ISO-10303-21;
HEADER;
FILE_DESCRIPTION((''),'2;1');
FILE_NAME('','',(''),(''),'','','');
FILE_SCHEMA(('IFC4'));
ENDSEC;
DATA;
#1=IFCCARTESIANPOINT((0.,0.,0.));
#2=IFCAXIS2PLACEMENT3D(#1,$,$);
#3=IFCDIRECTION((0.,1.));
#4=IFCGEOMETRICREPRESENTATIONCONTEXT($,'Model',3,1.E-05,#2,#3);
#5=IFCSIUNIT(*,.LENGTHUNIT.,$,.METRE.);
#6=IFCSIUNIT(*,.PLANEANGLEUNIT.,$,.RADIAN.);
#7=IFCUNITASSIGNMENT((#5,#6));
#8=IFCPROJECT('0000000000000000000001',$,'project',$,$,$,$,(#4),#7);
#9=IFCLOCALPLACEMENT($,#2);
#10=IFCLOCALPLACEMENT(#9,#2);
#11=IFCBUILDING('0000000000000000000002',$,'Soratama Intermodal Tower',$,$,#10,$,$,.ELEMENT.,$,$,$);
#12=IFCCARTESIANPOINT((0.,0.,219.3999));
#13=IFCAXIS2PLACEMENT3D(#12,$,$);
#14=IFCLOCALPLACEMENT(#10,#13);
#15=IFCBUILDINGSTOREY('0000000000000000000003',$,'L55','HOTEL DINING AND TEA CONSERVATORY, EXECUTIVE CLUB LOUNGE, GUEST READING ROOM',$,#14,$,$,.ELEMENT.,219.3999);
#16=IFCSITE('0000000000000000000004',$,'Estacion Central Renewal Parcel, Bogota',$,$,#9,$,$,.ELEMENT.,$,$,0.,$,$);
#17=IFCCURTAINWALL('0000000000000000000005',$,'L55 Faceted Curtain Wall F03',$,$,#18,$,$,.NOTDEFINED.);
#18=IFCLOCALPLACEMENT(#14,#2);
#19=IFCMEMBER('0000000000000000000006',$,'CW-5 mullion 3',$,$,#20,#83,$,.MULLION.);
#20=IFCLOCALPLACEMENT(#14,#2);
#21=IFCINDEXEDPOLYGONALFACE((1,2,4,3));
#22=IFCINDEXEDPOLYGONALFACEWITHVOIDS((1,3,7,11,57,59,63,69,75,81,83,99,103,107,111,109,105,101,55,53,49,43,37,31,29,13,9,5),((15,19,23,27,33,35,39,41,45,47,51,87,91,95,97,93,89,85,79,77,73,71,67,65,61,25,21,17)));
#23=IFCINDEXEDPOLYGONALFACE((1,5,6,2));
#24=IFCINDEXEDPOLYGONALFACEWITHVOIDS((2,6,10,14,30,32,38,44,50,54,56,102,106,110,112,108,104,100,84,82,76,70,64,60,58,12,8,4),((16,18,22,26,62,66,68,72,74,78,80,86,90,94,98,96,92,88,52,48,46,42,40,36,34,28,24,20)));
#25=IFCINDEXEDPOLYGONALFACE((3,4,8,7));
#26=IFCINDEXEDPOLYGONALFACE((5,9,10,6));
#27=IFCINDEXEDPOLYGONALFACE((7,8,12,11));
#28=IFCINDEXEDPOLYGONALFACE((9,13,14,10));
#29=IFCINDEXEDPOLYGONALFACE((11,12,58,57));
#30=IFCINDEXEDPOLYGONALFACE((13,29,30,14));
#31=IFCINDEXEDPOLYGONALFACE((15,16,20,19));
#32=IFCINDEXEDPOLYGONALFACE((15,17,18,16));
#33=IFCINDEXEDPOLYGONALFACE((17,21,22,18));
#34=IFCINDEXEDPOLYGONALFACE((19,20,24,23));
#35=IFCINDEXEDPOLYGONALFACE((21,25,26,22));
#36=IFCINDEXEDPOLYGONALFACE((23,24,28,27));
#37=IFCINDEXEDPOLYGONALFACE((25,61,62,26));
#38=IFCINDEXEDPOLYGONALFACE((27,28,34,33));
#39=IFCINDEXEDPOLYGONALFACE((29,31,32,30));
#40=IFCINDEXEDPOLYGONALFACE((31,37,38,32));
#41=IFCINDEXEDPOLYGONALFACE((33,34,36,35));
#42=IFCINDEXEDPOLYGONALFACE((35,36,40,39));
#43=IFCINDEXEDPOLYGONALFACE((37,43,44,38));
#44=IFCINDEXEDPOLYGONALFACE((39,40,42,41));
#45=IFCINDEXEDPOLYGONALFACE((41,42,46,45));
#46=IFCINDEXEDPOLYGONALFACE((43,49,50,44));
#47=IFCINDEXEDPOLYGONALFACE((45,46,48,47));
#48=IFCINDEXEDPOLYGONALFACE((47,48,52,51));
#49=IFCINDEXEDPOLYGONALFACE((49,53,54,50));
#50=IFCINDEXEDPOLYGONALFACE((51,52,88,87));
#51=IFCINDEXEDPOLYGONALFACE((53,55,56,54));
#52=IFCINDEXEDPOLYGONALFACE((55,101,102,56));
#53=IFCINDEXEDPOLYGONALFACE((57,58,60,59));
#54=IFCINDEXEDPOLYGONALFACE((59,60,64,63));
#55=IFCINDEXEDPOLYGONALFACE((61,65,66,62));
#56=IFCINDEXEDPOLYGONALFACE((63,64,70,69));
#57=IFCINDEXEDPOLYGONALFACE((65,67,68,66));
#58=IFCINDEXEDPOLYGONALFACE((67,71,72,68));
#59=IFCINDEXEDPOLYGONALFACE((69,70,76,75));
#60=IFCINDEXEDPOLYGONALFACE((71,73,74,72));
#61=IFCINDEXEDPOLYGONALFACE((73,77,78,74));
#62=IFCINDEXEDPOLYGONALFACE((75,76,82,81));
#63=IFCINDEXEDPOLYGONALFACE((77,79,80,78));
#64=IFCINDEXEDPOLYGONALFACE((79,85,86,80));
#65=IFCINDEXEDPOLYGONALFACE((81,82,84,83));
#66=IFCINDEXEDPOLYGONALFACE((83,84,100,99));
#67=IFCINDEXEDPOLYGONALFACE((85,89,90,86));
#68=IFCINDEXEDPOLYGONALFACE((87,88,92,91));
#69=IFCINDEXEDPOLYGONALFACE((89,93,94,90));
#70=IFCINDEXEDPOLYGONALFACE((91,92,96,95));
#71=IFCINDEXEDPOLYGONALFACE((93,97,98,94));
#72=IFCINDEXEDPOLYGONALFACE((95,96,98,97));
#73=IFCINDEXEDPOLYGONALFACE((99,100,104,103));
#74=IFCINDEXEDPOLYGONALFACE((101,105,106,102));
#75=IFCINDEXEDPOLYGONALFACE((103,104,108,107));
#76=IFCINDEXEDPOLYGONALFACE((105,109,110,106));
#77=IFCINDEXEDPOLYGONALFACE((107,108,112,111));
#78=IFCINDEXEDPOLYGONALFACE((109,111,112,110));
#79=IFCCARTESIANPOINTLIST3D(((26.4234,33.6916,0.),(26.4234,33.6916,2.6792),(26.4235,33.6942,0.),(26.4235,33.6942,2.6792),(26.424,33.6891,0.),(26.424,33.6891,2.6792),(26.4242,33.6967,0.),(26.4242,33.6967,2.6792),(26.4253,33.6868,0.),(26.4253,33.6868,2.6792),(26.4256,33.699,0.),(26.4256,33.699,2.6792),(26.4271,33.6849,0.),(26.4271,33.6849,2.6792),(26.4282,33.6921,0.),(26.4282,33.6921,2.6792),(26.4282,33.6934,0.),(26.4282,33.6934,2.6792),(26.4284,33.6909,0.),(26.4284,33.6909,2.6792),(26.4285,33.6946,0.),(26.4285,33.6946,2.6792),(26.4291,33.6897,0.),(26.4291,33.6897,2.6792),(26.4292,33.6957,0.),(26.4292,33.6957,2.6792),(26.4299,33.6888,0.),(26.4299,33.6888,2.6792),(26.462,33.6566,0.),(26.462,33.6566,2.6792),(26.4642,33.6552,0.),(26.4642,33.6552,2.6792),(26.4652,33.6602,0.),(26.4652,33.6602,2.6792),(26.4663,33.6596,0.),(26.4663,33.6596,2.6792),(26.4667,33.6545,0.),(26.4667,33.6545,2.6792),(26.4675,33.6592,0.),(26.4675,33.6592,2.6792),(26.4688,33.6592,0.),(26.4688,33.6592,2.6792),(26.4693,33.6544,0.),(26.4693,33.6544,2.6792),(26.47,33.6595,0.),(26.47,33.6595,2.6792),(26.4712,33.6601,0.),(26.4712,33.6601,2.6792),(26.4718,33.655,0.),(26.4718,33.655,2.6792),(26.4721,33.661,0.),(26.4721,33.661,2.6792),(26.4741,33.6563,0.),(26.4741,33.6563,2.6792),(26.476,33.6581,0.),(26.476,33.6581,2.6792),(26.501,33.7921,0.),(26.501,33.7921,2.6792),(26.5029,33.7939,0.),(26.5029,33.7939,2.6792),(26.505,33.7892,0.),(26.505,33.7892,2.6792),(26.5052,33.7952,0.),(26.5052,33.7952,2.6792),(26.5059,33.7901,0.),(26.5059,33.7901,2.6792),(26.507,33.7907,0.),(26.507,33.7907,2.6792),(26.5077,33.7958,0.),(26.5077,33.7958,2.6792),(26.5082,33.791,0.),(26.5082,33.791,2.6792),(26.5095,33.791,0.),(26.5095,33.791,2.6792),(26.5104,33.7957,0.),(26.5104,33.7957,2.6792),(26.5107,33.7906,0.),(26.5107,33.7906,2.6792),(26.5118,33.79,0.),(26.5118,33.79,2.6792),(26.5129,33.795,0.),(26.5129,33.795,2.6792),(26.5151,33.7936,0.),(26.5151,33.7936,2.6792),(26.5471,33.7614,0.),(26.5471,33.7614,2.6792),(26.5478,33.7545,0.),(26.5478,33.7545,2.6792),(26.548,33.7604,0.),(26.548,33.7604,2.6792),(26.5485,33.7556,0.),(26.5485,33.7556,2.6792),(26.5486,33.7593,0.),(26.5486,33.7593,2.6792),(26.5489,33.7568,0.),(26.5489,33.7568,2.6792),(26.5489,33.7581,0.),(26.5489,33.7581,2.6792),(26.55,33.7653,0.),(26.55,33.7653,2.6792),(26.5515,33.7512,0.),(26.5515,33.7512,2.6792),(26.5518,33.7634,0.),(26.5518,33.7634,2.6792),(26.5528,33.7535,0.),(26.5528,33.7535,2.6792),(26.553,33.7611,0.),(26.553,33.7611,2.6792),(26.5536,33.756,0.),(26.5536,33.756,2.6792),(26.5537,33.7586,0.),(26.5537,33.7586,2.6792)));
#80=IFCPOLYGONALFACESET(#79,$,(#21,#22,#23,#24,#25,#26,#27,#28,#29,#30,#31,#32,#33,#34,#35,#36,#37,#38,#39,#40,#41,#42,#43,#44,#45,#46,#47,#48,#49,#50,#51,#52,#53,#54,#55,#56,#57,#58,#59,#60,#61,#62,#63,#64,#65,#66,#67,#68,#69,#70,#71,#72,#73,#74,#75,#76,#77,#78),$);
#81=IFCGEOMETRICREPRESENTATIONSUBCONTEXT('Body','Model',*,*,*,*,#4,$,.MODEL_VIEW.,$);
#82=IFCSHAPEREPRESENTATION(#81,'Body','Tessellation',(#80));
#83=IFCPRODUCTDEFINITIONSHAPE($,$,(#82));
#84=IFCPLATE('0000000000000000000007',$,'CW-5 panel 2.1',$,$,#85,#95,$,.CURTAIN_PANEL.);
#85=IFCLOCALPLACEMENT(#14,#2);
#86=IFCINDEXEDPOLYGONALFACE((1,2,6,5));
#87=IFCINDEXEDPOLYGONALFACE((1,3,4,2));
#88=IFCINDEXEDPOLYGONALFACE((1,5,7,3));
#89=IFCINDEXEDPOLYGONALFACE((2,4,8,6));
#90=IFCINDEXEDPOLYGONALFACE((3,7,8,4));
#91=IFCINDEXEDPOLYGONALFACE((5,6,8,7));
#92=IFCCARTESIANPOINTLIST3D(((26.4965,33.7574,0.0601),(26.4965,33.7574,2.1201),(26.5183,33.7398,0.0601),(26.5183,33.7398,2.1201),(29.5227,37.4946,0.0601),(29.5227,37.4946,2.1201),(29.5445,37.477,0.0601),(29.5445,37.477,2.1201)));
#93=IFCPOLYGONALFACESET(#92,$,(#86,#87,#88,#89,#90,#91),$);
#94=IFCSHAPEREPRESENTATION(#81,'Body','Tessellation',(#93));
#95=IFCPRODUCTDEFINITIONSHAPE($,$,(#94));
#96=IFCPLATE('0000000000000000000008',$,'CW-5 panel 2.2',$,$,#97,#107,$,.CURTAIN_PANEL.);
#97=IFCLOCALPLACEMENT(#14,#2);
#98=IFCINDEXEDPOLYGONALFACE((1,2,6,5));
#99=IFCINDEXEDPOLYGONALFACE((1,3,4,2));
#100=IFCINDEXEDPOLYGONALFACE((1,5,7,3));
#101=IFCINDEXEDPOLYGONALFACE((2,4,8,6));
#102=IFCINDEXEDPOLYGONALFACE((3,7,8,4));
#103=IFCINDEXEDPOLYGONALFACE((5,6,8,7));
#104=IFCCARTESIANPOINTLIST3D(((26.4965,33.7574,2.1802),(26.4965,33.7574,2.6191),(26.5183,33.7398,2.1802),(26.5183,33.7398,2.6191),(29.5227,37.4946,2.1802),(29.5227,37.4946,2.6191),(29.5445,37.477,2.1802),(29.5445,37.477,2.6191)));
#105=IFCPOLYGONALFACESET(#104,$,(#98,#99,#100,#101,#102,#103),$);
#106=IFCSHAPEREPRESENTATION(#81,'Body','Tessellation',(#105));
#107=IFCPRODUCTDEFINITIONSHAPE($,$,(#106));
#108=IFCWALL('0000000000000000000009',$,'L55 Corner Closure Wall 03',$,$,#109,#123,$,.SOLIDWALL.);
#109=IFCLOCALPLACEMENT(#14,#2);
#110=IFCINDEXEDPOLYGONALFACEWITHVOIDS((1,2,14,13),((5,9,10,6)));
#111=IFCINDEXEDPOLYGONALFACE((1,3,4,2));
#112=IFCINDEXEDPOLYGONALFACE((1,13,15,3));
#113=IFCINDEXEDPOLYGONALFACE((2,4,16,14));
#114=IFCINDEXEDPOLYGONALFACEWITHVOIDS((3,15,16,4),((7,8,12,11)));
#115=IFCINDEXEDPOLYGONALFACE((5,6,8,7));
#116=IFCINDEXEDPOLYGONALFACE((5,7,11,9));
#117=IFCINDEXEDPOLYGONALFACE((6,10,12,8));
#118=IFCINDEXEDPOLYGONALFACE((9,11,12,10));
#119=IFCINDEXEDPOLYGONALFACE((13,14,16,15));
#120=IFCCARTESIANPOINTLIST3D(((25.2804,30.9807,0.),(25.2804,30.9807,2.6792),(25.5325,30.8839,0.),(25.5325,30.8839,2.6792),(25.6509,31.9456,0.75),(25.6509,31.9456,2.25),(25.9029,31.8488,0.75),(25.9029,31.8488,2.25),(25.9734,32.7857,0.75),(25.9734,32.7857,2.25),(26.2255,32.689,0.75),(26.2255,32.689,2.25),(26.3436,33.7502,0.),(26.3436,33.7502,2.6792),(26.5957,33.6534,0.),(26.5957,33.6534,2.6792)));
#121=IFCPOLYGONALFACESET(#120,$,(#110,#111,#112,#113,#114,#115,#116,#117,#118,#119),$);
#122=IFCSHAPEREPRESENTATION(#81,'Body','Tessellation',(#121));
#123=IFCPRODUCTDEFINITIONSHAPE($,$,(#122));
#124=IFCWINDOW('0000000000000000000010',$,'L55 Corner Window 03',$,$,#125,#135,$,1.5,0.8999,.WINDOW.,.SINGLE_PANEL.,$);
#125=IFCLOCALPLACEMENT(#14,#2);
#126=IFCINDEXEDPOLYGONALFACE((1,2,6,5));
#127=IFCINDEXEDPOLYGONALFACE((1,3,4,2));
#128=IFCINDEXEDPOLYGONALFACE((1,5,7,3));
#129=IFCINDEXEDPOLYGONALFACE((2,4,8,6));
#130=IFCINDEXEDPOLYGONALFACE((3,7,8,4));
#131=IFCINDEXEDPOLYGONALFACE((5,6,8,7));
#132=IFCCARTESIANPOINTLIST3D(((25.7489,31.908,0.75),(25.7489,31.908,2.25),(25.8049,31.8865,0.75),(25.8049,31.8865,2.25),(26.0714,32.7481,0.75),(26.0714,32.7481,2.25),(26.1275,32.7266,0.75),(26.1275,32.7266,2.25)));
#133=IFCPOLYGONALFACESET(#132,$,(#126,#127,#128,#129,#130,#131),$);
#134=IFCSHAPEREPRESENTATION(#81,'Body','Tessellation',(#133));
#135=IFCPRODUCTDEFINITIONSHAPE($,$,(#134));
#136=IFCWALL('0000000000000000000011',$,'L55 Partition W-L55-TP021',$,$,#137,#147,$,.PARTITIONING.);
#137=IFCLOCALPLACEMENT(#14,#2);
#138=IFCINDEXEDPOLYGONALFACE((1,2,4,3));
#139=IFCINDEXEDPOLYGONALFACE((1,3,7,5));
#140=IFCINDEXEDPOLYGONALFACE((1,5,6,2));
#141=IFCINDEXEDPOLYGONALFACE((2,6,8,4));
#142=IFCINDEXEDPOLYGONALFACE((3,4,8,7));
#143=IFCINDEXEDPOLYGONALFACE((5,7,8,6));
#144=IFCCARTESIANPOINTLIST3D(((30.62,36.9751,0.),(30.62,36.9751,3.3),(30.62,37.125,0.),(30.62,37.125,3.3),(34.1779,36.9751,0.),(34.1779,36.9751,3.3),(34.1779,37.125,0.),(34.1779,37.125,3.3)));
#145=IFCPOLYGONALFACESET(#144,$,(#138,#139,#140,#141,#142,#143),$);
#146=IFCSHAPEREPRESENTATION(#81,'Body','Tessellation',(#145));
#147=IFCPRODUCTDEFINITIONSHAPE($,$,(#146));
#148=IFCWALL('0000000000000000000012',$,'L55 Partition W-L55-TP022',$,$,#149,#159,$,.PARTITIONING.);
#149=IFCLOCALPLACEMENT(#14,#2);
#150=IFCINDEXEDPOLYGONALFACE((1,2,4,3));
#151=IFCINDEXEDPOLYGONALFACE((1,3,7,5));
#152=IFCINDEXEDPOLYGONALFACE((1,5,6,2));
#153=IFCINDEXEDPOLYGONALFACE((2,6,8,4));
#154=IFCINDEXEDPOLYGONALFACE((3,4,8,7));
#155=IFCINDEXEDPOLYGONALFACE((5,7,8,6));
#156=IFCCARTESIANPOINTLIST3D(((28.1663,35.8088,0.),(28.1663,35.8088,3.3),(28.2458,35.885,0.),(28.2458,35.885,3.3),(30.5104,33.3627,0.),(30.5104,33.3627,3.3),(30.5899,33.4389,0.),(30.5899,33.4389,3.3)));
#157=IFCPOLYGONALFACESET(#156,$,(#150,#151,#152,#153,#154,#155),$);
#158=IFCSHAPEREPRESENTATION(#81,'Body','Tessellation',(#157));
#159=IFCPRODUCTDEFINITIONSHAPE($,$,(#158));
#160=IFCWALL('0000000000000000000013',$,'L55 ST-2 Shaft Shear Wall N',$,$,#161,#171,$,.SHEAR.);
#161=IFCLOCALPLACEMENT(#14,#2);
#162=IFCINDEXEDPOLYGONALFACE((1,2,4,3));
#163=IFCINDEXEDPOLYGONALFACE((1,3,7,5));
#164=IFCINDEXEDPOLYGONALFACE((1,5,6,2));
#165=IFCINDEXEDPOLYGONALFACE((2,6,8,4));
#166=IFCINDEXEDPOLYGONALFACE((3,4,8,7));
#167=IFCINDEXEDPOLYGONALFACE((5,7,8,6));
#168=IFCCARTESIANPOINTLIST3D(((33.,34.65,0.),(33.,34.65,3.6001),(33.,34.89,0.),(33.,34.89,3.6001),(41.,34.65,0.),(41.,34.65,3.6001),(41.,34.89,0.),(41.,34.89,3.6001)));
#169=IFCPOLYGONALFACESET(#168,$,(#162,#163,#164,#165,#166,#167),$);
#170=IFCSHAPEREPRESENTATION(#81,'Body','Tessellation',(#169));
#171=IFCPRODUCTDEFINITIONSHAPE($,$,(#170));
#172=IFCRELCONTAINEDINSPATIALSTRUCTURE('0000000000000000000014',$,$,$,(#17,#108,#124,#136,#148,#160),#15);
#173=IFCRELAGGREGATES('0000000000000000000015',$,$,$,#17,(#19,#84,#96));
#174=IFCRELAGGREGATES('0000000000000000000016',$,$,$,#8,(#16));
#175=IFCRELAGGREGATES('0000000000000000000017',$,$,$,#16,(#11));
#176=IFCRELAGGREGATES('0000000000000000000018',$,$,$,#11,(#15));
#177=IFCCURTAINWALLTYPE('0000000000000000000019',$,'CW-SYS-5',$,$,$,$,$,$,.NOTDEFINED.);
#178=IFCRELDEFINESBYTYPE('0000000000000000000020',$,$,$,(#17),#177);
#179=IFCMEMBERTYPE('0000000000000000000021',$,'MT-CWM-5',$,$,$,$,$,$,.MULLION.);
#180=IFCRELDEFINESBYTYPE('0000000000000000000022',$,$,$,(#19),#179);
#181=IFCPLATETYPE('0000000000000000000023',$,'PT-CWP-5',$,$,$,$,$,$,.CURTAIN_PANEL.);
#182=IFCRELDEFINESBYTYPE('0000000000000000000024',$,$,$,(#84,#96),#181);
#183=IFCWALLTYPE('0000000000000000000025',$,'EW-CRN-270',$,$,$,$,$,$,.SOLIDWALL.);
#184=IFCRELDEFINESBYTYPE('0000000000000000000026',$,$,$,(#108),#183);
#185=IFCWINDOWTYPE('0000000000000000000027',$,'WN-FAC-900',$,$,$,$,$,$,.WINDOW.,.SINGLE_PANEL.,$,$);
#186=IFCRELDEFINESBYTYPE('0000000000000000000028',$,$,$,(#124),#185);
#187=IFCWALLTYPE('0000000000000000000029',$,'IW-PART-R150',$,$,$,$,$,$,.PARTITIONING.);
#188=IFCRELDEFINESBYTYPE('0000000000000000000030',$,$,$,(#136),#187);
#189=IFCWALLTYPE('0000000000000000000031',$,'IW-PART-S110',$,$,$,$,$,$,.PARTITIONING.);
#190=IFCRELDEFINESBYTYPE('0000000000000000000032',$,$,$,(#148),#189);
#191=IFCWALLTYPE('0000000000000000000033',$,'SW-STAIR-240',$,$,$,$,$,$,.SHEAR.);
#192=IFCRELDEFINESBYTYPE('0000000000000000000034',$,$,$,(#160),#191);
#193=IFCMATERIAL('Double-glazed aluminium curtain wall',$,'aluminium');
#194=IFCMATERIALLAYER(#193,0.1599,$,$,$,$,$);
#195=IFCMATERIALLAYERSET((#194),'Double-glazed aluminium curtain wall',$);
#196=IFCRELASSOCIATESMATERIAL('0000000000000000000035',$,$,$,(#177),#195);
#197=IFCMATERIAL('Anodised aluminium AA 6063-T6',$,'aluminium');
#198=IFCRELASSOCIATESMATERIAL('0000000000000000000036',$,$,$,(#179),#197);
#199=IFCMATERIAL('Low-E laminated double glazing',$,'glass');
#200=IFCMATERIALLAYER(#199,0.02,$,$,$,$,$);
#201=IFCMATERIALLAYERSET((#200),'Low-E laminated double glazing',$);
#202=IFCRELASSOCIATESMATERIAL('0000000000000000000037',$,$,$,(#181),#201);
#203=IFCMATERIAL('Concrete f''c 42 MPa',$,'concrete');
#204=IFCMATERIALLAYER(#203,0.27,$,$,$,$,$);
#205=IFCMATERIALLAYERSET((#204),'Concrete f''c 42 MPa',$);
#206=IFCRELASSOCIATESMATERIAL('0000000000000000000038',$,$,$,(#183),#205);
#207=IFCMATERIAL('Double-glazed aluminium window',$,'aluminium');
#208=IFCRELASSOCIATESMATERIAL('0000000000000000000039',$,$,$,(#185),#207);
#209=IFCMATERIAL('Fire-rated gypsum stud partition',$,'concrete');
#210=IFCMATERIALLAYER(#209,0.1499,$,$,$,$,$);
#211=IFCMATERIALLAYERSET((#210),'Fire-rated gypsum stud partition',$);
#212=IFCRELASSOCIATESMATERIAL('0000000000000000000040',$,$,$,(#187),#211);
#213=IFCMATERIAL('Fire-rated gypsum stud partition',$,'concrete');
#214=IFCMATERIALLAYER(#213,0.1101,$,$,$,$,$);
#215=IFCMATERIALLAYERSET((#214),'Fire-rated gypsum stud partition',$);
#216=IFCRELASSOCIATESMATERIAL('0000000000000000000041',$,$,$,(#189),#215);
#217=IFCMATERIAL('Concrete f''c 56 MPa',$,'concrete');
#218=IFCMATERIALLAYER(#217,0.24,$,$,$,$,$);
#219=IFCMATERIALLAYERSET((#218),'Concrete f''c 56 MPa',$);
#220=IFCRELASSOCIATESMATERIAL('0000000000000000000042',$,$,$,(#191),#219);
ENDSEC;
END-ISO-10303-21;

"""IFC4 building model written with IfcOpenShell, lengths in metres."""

from ifc_helpers import new_model, si_unit, direction, frame, frame_2d, origin, origin_2d, place, context, subcontext, project, spatial, rectangle, hollow_rectangle, extrude, material, layer, layer_set, material_profile, profile_set, type_object, element, fill, aggregate, save


model = new_model("IFC4")

# Units and contexts
model_context = context("Model", 3, precision=1e-05, world=origin(), true_north=direction((0.0, 1.0)))
body_context = subcontext(model_context, "Body", "Model", "MODEL_VIEW")
ifc_project = project(units=[si_unit("LENGTHUNIT", "METRE"), si_unit("PLANEANGLEUNIT", "RADIAN")], contexts=[model_context])

# Site, building, storey
site_placement = place(None, origin())
site = spatial("IfcSite", under=ifc_project, at=site_placement, Name="Estacion Central Renewal Parcel, Bogota", CompositionType="ELEMENT", RefElevation=0.0)
building_placement = place(site_placement, origin())
building = spatial("IfcBuilding", under=site, at=building_placement, Name="Soratama Intermodal Tower", CompositionType="ELEMENT")
storey_placement = place(building_placement, frame((0.0, 0.0, 219.3999)))
storey = spatial("IfcBuildingStorey", under=building, at=storey_placement, Name="L55", Description="HOTEL DINING AND TEA CONSERVATORY, EXECUTIVE CLUB LOUNGE, GUEST READING ROOM", CompositionType="ELEMENT", Elevation=219.3999)

# Curtain wall, member, plates
ifc_material_1 = material(Name="Double-glazed aluminium curtain wall", Category="aluminium")
ifc_layer_1 = layer(ifc_material_1, 0.1599)
ifc_layer_set_1 = layer_set([ifc_layer_1], Name="Double-glazed aluminium curtain wall")
curtain_wall_type = type_object("IfcCurtainWallType", Name="CW-SYS-5", PredefinedType="NOTDEFINED", material=ifc_layer_set_1)
curtain_wall_placement = place(storey_placement, origin())
curtain_wall = element("IfcCurtainWall", 1, at=curtain_wall_placement, inside=storey, type_object=curtain_wall_type, Name="L55 Faceted Curtain Wall F03", PredefinedType="NOTDEFINED")
ifc_material_2 = material(Name="Anodised aluminium AA 6063-T6", Category="aluminium")
ifc_material_profile_1 = material_profile(ifc_material_2, hollow_rectangle(XDim=0.0649, YDim=0.1399, WallThickness=0.0049, InnerFilletRadius=0.0049, OuterFilletRadius=0.01, at=origin_2d()), Name="CWM140X65X5")
ifc_profile_set_1 = profile_set([ifc_material_profile_1], Name="Anodised aluminium AA 6063-T6")
member_type = type_object("IfcMemberType", Name="MT-CWM-5", PredefinedType="MULLION", material=ifc_profile_set_1)
member_placement = place(storey_placement, frame((26.4885, 33.7251, 0.0), z_axis=(0.0, 0.0, 1.0), x_axis=(0.777153, -0.629312, 0.0)))
member = element("IfcMember", 2, at=member_placement, type_object=member_type, Name="CW-5 mullion 3", PredefinedType="MULLION", context=body_context, shape_type="SweptSolid", body=[
    extrude(hollow_rectangle(XDim=0.0649, YDim=0.1399, WallThickness=0.0049, InnerFilletRadius=0.0049, OuterFilletRadius=0.01, at=origin_2d()), origin(), (0.0, 0.0, 1.0), 2.6792),
])
ifc_material_3 = material(Name="Low-E laminated double glazing", Category="glass")
ifc_layer_2 = layer(ifc_material_3, 0.02)
ifc_layer_set_2 = layer_set([ifc_layer_2], Name="Low-E laminated double glazing")
plate_type = type_object("IfcPlateType", Name="PT-CWP-5", PredefinedType="CURTAIN_PANEL", material=ifc_layer_set_2)
plate_1_placement = place(storey_placement, frame((28.0205, 35.6172, 0.0601), z_axis=(0.0, 0.0, 1.0), x_axis=(-0.629312, -0.777153, 0.0)))
plate_1 = element("IfcPlate", 3, at=plate_1_placement, type_object=plate_type, Name="CW-5 panel 2.1", PredefinedType="CURTAIN_PANEL", context=body_context, shape_type="SweptSolid", body=[
    extrude(rectangle(XDim=4.8088, YDim=0.0281, at=origin_2d()), origin(), (0.0, 0.0, 1.0), 2.0601),
])
plate_2_placement = place(storey_placement, frame((28.0205, 35.6172, 2.1802), z_axis=(0.0, 0.0, 1.0), x_axis=(-0.629312, -0.777153, 0.0)))
plate_2 = element("IfcPlate", 4, at=plate_2_placement, type_object=plate_type, Name="CW-5 panel 2.2", PredefinedType="CURTAIN_PANEL", context=body_context, shape_type="SweptSolid", body=[
    extrude(rectangle(XDim=4.8088, YDim=0.0281, at=origin_2d()), origin(), (0.0, 0.0, 1.0), 0.439),
])
aggregate(curtain_wall, [member, plate_1, plate_2])

# Wall, opening, window
ifc_material_4 = material(Name="Concrete f'c 42 MPa", Category="concrete")
ifc_layer_3 = layer(ifc_material_4, 0.27)
ifc_layer_set_3 = layer_set([ifc_layer_3], Name="Concrete f'c 42 MPa")
wall_type_1 = type_object("IfcWallType", Name="EW-CRN-270", PredefinedType="SOLIDWALL", material=ifc_layer_set_3)
wall_1_placement = place(storey_placement, frame((26.4697, 33.7019, 0.0), z_axis=(0.0, 0.0, 1.0), x_axis=(-0.3584, -0.933568, 0.0)))
wall_1 = element("IfcWall", 5, at=wall_1_placement, inside=storey, type_object=wall_type_1, Name="L55 Corner Closure Wall 03", PredefinedType="SOLIDWALL", context=body_context, shape_type="SweptSolid", body=[
    extrude(rectangle(XDim=2.9666, YDim=0.27, at=frame_2d((1.4834, 0.0))), origin(), (0.0, 0.0, 1.0), 2.6792),
])
opening_1_placement = place(wall_1_placement, frame((1.0332, 0.0, 0.75)))
opening_1 = element("IfcOpeningElement", 6, at=opening_1_placement, cuts=wall_1, PredefinedType="OPENING", context=body_context, shape_type="SweptSolid", body=[
    extrude(rectangle(XDim=0.8999, YDim=1.5, at=frame_2d((0.45, 0.75))), frame((0.0, 0.145, 0.0), z_axis=(0.0, -1.0, 0.0), x_axis=(1.0, 0.0, 0.0)), (0.0, 0.0, 1.0), 0.29),
])
ifc_material_5 = material(Name="Double-glazed aluminium window", Category="aluminium")
window_type = type_object("IfcWindowType", Name="WN-FAC-900", PartitioningType="SINGLE_PANEL", PredefinedType="WINDOW", material=ifc_material_5)
window_placement = place(opening_1_placement, origin())
window = element("IfcWindow", 7, at=window_placement, inside=storey, type_object=window_type, Name="L55 Corner Window 03", OverallHeight=1.5, OverallWidth=0.8999, PartitioningType="SINGLE_PANEL", PredefinedType="WINDOW", context=body_context, shape_type="SweptSolid", body=[
    extrude(rectangle(XDim=0.8999, YDim=1.5, at=frame_2d((0.45, 0.75))), frame((0.0, 0.03, 0.0), z_axis=(0.0, -1.0, 0.0), x_axis=(1.0, 0.0, 0.0)), (0.0, 0.0, 1.0), 0.0601),
])
fill(opening_1, window)

# Shared definitions
ifc_material_6 = material(Name="Fire-rated gypsum stud partition", Category="concrete")
ifc_layer_4 = layer(ifc_material_6, 0.1499)
ifc_layer_set_4 = layer_set([ifc_layer_4], Name="Fire-rated gypsum stud partition")
wall_type_2 = type_object("IfcWallType", Name="IW-PART-R150", PredefinedType="PARTITIONING", material=ifc_layer_set_4)

# Walls
wall_2_placement = place(storey_placement, frame((30.6201, 37.05, 0.0), z_axis=(0.0, 0.0, 1.0), x_axis=(1.0, 0.0, 0.0)))
element("IfcWall", 8, at=wall_2_placement, inside=storey, type_object=wall_type_2, Name="L55 Partition W-L55-TP021", PredefinedType="PARTITIONING", context=body_context, shape_type="SweptSolid", body=[
    extrude(rectangle(XDim=3.5579, YDim=0.1499, at=frame_2d((1.7788, 0.0))), origin(), (0.0, 0.0, 1.0), 3.3),
])
ifc_material_7 = material(Name="Fire-rated gypsum stud partition", Category="concrete")
ifc_layer_5 = layer(ifc_material_7, 0.1101)
ifc_layer_set_5 = layer_set([ifc_layer_5], Name="Fire-rated gypsum stud partition")
wall_type_3 = type_object("IfcWallType", Name="IW-PART-S110", PredefinedType="PARTITIONING", material=ifc_layer_set_5)
wall_3_placement = place(storey_placement, frame((30.55, 33.4009, 0.0), z_axis=(0.0, 0.0, 1.0), x_axis=(-0.691885, 0.722008, 0.0)))
element("IfcWall", 9, at=wall_3_placement, inside=storey, type_object=wall_type_3, Name="L55 Partition W-L55-TP022", PredefinedType="PARTITIONING", context=body_context, shape_type="SweptSolid", body=[
    extrude(rectangle(XDim=3.3879, YDim=0.1101, at=frame_2d((1.6938, 0.0))), origin(), (0.0, 0.0, 1.0), 3.3),
])
ifc_material_8 = material(Name="Concrete f'c 56 MPa", Category="concrete")
ifc_layer_6 = layer(ifc_material_8, 0.24)
ifc_layer_set_6 = layer_set([ifc_layer_6], Name="Concrete f'c 56 MPa")
wall_type_4 = type_object("IfcWallType", Name="SW-STAIR-240", PredefinedType="SHEAR", material=ifc_layer_set_6)
wall_4_placement = place(storey_placement, frame((33.0, 34.77, 0.0), z_axis=(0.0, 0.0, 1.0), x_axis=(1.0, 0.0, 0.0)))
element("IfcWall", 10, at=wall_4_placement, inside=storey, type_object=wall_type_4, Name="L55 ST-2 Shaft Shear Wall N", PredefinedType="SHEAR", context=body_context, shape_type="SweptSolid", body=[
    extrude(rectangle(XDim=8.0, YDim=0.24, at=frame_2d((4.0, 0.0))), origin(), (0.0, 0.0, 1.0), 3.6001),
])

save(model, "model.ifc")
